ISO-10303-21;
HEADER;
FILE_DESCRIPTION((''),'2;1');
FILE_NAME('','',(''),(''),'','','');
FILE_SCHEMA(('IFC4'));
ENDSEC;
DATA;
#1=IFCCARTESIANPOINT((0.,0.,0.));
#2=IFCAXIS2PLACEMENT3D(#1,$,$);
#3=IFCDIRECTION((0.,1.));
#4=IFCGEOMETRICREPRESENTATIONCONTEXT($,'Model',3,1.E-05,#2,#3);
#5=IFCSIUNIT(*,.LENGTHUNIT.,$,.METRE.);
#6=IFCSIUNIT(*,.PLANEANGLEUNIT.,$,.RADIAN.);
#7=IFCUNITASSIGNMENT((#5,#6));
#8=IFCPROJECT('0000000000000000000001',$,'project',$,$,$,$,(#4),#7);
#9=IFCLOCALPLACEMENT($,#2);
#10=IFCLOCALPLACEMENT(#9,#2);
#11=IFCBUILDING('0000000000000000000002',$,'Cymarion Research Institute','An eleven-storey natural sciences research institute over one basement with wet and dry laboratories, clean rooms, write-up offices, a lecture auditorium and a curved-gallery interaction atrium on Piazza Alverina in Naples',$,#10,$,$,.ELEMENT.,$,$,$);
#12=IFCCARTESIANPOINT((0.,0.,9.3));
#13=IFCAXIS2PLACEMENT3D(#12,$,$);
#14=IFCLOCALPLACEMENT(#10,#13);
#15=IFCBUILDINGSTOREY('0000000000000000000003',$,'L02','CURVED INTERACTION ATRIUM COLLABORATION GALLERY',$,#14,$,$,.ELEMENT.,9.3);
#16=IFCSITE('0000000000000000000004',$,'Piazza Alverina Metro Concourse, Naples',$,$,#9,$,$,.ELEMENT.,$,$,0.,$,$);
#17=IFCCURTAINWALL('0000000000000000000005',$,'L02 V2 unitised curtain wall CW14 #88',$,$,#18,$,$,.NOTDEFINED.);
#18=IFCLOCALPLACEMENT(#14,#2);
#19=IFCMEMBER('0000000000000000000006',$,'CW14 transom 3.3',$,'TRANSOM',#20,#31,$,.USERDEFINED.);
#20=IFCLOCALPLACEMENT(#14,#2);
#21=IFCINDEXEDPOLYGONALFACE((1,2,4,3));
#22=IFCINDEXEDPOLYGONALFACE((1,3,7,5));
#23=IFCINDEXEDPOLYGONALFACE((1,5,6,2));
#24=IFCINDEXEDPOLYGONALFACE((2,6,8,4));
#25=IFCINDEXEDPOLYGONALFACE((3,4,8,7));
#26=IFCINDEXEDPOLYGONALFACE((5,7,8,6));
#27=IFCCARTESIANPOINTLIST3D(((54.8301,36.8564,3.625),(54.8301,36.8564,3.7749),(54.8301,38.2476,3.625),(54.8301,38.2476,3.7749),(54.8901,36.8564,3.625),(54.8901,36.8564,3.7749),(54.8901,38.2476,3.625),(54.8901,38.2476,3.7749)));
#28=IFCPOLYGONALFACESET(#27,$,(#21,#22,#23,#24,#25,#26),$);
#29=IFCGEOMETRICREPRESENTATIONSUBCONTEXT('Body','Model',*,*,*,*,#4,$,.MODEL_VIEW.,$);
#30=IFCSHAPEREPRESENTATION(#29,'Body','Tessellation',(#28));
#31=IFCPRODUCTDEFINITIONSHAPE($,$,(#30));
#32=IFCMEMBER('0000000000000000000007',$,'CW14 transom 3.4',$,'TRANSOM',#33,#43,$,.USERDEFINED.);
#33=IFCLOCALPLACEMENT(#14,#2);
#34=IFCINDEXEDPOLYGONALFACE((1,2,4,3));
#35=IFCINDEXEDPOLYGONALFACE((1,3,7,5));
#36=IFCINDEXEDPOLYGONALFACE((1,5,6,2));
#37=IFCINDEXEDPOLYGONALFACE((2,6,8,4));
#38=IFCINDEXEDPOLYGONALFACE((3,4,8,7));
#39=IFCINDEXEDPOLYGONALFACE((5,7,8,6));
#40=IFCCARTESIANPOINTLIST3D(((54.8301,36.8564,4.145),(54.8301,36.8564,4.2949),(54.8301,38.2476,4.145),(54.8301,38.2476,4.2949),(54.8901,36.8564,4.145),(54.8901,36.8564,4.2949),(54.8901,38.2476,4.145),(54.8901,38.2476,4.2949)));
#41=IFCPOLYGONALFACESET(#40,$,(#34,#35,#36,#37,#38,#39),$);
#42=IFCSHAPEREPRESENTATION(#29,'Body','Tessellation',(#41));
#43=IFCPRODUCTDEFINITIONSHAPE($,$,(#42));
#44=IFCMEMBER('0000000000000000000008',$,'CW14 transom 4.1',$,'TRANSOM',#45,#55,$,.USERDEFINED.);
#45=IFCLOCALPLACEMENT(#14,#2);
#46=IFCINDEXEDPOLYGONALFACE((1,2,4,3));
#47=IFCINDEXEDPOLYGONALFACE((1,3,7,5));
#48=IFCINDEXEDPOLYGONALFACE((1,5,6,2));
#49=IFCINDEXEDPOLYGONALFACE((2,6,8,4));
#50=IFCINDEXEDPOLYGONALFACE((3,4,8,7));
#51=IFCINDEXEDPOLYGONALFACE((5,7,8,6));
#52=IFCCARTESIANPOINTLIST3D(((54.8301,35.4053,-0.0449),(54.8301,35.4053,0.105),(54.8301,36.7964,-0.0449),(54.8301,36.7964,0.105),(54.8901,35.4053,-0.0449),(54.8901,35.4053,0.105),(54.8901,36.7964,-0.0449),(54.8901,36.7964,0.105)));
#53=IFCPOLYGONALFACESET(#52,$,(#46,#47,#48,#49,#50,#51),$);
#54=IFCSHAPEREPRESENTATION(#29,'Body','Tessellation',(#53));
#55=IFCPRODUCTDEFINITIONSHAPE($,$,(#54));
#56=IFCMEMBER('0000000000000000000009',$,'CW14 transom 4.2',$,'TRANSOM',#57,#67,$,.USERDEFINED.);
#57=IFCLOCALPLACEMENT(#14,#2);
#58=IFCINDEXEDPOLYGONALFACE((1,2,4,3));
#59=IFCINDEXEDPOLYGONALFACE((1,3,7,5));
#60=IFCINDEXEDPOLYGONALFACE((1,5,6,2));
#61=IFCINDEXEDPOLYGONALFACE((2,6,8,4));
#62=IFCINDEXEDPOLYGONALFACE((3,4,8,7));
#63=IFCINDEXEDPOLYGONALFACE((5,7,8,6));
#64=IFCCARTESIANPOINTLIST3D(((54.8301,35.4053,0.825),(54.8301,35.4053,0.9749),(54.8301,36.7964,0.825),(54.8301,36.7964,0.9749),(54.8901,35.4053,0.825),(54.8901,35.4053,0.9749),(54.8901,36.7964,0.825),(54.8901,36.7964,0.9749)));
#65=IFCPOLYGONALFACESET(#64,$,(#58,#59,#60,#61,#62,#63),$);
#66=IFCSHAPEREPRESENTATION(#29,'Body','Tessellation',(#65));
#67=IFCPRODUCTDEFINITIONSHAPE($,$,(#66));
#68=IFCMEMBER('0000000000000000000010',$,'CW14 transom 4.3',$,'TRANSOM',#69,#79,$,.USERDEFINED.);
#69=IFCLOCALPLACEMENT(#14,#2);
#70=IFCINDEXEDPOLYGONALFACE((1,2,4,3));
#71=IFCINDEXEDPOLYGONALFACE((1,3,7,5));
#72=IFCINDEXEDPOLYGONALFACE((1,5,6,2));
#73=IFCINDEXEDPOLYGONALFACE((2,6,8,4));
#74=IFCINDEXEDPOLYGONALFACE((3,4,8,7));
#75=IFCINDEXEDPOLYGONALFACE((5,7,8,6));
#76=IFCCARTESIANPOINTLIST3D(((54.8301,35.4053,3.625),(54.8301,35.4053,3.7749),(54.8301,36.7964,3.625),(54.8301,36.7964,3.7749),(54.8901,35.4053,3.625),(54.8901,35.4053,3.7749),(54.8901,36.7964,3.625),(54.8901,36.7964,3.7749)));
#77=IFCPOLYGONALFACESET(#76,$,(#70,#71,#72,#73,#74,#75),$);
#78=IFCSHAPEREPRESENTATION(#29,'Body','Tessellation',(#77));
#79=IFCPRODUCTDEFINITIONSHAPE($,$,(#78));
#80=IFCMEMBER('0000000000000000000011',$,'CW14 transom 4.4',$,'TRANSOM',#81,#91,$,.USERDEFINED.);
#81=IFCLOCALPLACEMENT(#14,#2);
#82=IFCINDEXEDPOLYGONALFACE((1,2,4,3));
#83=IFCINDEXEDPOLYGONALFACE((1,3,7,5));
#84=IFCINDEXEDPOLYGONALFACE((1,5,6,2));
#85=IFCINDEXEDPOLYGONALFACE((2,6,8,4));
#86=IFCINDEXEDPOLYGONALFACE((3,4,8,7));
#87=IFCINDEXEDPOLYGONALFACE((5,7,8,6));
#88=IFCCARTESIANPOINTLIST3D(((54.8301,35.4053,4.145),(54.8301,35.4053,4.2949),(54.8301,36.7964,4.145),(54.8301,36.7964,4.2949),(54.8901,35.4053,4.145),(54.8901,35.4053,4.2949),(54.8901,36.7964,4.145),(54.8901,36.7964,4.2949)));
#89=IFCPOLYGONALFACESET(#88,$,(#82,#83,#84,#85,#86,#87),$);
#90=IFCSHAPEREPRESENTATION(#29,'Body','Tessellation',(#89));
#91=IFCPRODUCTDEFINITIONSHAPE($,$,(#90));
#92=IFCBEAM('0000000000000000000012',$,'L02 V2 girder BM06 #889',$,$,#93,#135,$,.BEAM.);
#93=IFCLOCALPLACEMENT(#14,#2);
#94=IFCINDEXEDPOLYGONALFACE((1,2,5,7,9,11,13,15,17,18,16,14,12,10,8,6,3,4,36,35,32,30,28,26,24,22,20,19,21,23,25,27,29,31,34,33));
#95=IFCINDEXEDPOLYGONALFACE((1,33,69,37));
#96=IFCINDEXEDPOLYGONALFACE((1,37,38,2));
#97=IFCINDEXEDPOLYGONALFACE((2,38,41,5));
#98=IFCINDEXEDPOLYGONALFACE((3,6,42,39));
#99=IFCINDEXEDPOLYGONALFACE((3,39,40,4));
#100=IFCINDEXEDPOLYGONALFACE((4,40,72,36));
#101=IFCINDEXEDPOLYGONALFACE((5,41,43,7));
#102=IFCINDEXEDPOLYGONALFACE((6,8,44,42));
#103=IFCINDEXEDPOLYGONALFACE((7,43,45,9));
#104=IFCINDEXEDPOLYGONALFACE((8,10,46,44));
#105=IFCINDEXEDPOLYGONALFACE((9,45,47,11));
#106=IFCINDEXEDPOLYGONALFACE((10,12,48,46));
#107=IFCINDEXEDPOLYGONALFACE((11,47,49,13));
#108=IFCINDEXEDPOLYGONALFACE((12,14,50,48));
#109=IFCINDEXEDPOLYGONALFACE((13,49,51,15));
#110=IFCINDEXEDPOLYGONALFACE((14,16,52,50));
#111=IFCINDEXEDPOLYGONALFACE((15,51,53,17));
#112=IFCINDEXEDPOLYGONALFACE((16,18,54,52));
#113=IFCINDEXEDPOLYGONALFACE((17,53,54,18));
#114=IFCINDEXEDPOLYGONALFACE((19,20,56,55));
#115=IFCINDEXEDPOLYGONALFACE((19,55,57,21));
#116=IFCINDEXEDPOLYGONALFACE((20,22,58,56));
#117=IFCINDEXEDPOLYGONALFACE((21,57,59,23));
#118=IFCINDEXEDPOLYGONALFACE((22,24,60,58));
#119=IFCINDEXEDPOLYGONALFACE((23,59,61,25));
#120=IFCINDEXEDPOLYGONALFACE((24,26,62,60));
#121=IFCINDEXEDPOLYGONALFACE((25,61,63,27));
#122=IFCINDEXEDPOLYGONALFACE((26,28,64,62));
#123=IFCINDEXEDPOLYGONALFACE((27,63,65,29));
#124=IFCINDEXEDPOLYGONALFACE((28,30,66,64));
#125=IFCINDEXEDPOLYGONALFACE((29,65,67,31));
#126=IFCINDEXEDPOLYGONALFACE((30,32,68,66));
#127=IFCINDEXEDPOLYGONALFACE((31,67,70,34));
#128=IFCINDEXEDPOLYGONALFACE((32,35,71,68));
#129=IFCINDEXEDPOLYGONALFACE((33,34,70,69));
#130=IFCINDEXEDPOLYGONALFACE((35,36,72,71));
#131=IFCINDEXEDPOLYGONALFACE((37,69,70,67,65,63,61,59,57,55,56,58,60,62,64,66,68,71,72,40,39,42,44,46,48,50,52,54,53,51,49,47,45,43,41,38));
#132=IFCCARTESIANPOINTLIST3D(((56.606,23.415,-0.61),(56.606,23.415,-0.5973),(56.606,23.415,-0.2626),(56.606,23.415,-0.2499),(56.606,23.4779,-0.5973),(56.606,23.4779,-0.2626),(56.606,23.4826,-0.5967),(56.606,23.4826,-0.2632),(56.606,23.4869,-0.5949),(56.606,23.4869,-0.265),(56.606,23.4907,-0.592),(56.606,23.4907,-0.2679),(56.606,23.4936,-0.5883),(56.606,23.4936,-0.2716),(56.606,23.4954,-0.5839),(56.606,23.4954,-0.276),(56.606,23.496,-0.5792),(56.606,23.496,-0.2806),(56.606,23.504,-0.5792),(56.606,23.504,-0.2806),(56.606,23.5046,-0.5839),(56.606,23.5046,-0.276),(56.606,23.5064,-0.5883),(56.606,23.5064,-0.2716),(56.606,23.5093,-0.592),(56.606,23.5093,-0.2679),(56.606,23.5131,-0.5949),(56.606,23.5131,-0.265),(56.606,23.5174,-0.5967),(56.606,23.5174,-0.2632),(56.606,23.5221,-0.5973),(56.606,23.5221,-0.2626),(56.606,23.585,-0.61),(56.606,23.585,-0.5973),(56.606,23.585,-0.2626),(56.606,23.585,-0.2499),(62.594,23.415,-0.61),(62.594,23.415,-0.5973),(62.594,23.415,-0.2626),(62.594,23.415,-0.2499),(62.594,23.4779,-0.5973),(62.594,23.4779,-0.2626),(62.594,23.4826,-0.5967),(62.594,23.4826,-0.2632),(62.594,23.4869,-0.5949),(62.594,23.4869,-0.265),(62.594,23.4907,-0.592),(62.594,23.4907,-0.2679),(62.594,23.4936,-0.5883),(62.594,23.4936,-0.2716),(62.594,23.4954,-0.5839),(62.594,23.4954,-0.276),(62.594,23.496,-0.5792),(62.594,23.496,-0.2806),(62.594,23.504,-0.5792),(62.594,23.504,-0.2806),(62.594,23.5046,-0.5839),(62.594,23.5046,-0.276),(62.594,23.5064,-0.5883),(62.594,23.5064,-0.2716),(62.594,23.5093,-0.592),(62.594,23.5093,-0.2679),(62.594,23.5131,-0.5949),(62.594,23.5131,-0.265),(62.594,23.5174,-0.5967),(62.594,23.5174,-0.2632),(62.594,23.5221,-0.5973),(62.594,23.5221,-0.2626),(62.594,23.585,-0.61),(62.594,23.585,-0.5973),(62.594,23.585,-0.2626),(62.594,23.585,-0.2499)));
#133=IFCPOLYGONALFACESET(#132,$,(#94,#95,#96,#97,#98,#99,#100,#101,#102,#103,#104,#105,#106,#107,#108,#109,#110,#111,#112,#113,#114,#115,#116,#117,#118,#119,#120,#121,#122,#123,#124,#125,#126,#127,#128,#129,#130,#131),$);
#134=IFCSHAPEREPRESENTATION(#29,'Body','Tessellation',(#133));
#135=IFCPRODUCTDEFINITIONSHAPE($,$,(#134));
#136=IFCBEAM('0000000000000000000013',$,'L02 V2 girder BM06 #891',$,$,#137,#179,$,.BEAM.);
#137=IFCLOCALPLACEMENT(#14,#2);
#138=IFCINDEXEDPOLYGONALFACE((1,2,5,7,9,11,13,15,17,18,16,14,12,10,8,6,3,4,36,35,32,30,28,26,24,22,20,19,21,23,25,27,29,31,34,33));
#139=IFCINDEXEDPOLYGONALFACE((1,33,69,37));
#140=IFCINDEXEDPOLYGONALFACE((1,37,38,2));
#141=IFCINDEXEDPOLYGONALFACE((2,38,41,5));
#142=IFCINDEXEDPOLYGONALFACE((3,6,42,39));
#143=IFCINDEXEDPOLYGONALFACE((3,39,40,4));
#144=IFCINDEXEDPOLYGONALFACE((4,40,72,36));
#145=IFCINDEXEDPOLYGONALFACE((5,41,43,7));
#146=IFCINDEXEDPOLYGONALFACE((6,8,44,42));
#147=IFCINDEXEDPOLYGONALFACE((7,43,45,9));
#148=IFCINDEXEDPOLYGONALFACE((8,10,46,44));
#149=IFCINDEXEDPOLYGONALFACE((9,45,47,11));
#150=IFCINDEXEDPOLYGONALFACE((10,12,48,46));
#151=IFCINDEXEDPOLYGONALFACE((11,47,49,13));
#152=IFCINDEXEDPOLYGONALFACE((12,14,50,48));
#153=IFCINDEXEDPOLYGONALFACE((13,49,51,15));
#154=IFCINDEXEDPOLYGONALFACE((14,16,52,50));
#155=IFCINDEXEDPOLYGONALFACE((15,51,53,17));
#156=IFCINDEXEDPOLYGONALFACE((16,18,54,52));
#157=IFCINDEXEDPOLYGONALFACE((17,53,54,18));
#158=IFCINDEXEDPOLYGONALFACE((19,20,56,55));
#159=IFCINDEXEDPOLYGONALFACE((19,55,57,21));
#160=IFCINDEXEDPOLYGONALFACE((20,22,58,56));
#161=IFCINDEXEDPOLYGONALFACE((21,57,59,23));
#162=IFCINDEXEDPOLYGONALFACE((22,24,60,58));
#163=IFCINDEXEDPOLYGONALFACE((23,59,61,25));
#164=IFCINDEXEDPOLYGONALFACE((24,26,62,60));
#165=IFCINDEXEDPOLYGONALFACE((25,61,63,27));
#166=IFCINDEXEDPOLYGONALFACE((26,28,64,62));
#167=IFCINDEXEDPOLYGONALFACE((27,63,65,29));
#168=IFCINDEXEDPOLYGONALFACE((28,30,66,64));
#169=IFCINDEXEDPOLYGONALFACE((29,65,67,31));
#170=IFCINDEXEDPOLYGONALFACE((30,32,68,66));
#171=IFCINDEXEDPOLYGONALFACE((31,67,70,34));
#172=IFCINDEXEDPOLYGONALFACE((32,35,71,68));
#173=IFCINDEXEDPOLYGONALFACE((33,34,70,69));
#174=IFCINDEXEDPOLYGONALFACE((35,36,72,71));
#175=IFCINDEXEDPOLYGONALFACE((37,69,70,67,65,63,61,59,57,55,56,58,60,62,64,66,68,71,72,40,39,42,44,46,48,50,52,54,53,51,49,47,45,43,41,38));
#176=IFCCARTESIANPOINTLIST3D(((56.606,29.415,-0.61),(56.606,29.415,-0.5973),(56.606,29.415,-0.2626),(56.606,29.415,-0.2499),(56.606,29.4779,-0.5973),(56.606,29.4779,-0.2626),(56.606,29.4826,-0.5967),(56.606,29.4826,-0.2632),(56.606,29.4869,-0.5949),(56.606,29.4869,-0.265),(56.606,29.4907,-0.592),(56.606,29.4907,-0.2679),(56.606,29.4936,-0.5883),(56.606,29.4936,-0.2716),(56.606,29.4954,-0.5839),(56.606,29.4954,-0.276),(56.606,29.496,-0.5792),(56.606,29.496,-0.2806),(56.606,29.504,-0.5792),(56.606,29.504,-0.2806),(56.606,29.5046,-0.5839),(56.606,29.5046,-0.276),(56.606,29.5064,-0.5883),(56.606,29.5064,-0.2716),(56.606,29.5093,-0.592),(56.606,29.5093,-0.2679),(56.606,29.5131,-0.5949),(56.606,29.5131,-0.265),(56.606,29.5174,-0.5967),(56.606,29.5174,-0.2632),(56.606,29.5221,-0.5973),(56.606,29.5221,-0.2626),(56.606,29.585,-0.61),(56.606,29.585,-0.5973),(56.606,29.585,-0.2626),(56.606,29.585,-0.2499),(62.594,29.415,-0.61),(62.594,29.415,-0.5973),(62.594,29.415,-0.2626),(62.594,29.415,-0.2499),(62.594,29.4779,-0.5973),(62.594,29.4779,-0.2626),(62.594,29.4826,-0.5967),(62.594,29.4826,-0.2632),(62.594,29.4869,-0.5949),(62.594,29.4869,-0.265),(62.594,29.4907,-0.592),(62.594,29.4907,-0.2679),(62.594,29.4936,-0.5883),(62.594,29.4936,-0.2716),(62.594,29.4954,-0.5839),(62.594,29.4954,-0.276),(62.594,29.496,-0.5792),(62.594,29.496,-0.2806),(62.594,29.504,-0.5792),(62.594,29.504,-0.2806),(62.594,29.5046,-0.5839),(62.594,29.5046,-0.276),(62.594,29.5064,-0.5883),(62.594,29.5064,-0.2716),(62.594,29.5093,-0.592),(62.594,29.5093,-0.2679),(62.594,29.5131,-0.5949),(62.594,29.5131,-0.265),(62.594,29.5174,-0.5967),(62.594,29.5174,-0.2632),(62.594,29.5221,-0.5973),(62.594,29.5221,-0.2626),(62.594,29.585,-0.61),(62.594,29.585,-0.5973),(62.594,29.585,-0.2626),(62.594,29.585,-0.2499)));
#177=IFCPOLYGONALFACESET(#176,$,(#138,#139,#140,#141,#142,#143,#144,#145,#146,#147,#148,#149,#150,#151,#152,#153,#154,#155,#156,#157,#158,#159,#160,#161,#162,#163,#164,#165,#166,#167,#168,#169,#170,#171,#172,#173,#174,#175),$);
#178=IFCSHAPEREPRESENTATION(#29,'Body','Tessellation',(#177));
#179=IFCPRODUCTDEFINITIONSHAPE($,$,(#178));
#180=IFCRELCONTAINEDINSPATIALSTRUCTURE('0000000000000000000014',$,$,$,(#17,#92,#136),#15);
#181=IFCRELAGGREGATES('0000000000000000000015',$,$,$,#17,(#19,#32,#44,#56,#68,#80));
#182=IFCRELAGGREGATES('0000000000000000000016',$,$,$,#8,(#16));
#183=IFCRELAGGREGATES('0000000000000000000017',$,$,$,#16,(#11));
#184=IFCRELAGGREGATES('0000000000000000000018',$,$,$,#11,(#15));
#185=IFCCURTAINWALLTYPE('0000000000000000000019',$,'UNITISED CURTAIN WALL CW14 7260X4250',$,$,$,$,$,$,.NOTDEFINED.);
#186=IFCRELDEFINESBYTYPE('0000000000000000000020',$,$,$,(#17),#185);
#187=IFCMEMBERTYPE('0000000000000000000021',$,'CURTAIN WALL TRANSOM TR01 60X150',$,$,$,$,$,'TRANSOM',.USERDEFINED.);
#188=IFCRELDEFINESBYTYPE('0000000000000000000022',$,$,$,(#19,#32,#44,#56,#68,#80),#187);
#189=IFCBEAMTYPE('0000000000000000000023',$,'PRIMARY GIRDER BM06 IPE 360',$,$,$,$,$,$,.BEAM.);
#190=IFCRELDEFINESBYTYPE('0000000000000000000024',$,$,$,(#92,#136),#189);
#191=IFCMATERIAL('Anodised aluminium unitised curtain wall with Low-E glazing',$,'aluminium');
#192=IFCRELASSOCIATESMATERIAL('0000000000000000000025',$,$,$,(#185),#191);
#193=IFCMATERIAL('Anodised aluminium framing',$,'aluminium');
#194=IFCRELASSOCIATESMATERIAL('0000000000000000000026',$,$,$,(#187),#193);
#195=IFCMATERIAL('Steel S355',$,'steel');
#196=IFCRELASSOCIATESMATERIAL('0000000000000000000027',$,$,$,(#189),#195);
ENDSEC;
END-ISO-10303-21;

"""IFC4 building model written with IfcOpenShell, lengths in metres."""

from ifc_helpers import new_model, si_unit, direction, frame, origin, origin_2d, place, context, subcontext, project, spatial, rectangle, i_section, extrude, material, material_profile, profile_set, type_object, element, aggregate, save


model = new_model("IFC4")

# Units and contexts
model_context = context("Model", 3, precision=1e-05, world=origin(), true_north=direction((0.0, 1.0)))
body_context = subcontext(model_context, "Body", "Model", "MODEL_VIEW")
ifc_project = project(units=[si_unit("LENGTHUNIT", "METRE"), si_unit("PLANEANGLEUNIT", "RADIAN")], contexts=[model_context])

# Site, building, storey
site_placement = place(None, origin())
site = spatial("IfcSite", under=ifc_project, at=site_placement, Name="Piazza Alverina Metro Concourse, Naples", CompositionType="ELEMENT", RefElevation=0.0)
building_placement = place(site_placement, origin())
building = spatial("IfcBuilding", under=site, at=building_placement, Name="Cymarion Research Institute", Description="An eleven-storey natural sciences research institute over one basement with wet and dry laboratories, clean rooms, write-up offices, a lecture auditorium and a curved-gallery interaction atrium on Piazza Alverina in Naples", CompositionType="ELEMENT")
storey_placement = place(building_placement, frame((0.0, 0.0, 9.3)))
storey = spatial("IfcBuildingStorey", under=building, at=storey_placement, Name="L02", Description="CURVED INTERACTION ATRIUM COLLABORATION GALLERY", CompositionType="ELEMENT", Elevation=9.3)

# Shared definitions
ifc_material_1 = material(Name="Steel S355", Category="steel")

# Curtain wall, members
ifc_material_2 = material(Name="Anodised aluminium unitised curtain wall with Low-E glazing", Category="aluminium")
curtain_wall_type = type_object("IfcCurtainWallType", Name="UNITISED CURTAIN WALL CW14 7260X4250", PredefinedType="NOTDEFINED", material=ifc_material_2)
curtain_wall_placement = place(storey_placement, origin())
curtain_wall = element("IfcCurtainWall", 1, at=curtain_wall_placement, inside=storey, type_object=curtain_wall_type, Name="L02 V2 unitised curtain wall CW14 #88", PredefinedType="NOTDEFINED")
ifc_material_3 = material(Name="Anodised aluminium framing", Category="aluminium")
ifc_material_profile_1 = material_profile(ifc_material_3, rectangle(XDim=0.0601, YDim=0.1499, at=origin_2d()), Name="ALU TRANSOM 60x150")
ifc_profile_set_1 = profile_set([ifc_material_profile_1], Name="Anodised aluminium framing")
member_type_1 = type_object("IfcMemberType", Name="CURTAIN WALL TRANSOM TR01 60X150", ElementType="TRANSOM", PredefinedType="USERDEFINED", material=ifc_profile_set_1)
member_1_placement = place(storey_placement, frame((54.8601, 38.2476, 3.7), z_axis=(0.0, -1.0, 0.0), x_axis=(1.0, 0.0, 0.0)))
member_1 = element("IfcMember", 2, at=member_1_placement, type_object=member_type_1, Name="CW14 transom 3.3", ObjectType="TRANSOM", PredefinedType="USERDEFINED", context=body_context, shape_type="SweptSolid", body=[
    extrude(rectangle(XDim=0.0601, YDim=0.1499, at=origin_2d()), origin(), (0.0, 0.0, 1.0), 1.3911),
])
member_2_placement = place(storey_placement, frame((54.8601, 38.2476, 4.22), z_axis=(0.0, -1.0, 0.0), x_axis=(1.0, 0.0, 0.0)))
member_2 = element("IfcMember", 3, at=member_2_placement, type_object=member_type_1, Name="CW14 transom 3.4", ObjectType="TRANSOM", PredefinedType="USERDEFINED", context=body_context, shape_type="SweptSolid", body=[
    extrude(rectangle(XDim=0.0601, YDim=0.1499, at=origin_2d()), origin(), (0.0, 0.0, 1.0), 1.3911),
])
member_3_placement = place(storey_placement, frame((54.8601, 36.7964, 0.03), z_axis=(0.0, -1.0, 0.0), x_axis=(1.0, 0.0, 0.0)))
member_3 = element("IfcMember", 4, at=member_3_placement, type_object=member_type_1, Name="CW14 transom 4.1", ObjectType="TRANSOM", PredefinedType="USERDEFINED", context=body_context, shape_type="SweptSolid", body=[
    extrude(rectangle(XDim=0.0601, YDim=0.1499, at=origin_2d()), origin(), (0.0, 0.0, 1.0), 1.3911),
])
member_4_placement = place(storey_placement, frame((54.8601, 36.7964, 0.8999), z_axis=(0.0, -1.0, 0.0), x_axis=(1.0, 0.0, 0.0)))
member_4 = element("IfcMember", 5, at=member_4_placement, type_object=member_type_1, Name="CW14 transom 4.2", ObjectType="TRANSOM", PredefinedType="USERDEFINED", context=body_context, shape_type="SweptSolid", body=[
    extrude(rectangle(XDim=0.0601, YDim=0.1499, at=origin_2d()), origin(), (0.0, 0.0, 1.0), 1.3911),
])
member_5_placement = place(storey_placement, frame((54.8601, 36.7964, 3.7), z_axis=(0.0, -1.0, 0.0), x_axis=(1.0, 0.0, 0.0)))
member_5 = element("IfcMember", 6, at=member_5_placement, type_object=member_type_1, Name="CW14 transom 4.3", ObjectType="TRANSOM", PredefinedType="USERDEFINED", context=body_context, shape_type="SweptSolid", body=[
    extrude(rectangle(XDim=0.0601, YDim=0.1499, at=origin_2d()), origin(), (0.0, 0.0, 1.0), 1.3911),
])
member_6_placement = place(storey_placement, frame((54.8601, 36.7964, 4.22), z_axis=(0.0, -1.0, 0.0), x_axis=(1.0, 0.0, 0.0)))
member_6 = element("IfcMember", 7, at=member_6_placement, type_object=member_type_1, Name="CW14 transom 4.4", ObjectType="TRANSOM", PredefinedType="USERDEFINED", context=body_context, shape_type="SweptSolid", body=[
    extrude(rectangle(XDim=0.0601, YDim=0.1499, at=origin_2d()), origin(), (0.0, 0.0, 1.0), 1.3911),
])

# Beams
ifc_material_profile_2 = material_profile(ifc_material_1, i_section(OverallWidth=0.1699, OverallDepth=0.3601, WebThickness=0.0081, FlangeThickness=0.0127, FilletRadius=0.0181, at=origin_2d()), Name="IPE 360")
ifc_profile_set_2 = profile_set([ifc_material_profile_2], Name="Steel S355")
beam_type_1 = type_object("IfcBeamType", Name="PRIMARY GIRDER BM06 IPE 360", PredefinedType="BEAM", material=ifc_profile_set_2)
for number, where, z_axis, x_axis, name in (
    (8, (56.606, 23.5, -0.4299), (1.0, 0.0, 0.0), (0.0, 1.0, 0.0), "L02 V2 girder BM06 #889"),
    (9, (56.606, 29.5, -0.4299), (1.0, 0.0, 0.0), (0.0, 1.0, 0.0), "L02 V2 girder BM06 #891"),
):
    element("IfcBeam", number, at=place(storey_placement, frame(where, z_axis=z_axis, x_axis=x_axis)), inside=storey, type_object=beam_type_1, Name=name, PredefinedType="BEAM", context=body_context, shape_type="SweptSolid", body=[
        extrude(i_section(OverallWidth=0.1699, OverallDepth=0.3601, WebThickness=0.0081, FlangeThickness=0.0127, FilletRadius=0.0181, at=origin_2d()), origin(), (0.0, 0.0, 1.0), 5.988),
    ])

aggregate(curtain_wall, [member_1, member_2, member_3, member_4, member_5, member_6])

save(model, "model.ifc")
